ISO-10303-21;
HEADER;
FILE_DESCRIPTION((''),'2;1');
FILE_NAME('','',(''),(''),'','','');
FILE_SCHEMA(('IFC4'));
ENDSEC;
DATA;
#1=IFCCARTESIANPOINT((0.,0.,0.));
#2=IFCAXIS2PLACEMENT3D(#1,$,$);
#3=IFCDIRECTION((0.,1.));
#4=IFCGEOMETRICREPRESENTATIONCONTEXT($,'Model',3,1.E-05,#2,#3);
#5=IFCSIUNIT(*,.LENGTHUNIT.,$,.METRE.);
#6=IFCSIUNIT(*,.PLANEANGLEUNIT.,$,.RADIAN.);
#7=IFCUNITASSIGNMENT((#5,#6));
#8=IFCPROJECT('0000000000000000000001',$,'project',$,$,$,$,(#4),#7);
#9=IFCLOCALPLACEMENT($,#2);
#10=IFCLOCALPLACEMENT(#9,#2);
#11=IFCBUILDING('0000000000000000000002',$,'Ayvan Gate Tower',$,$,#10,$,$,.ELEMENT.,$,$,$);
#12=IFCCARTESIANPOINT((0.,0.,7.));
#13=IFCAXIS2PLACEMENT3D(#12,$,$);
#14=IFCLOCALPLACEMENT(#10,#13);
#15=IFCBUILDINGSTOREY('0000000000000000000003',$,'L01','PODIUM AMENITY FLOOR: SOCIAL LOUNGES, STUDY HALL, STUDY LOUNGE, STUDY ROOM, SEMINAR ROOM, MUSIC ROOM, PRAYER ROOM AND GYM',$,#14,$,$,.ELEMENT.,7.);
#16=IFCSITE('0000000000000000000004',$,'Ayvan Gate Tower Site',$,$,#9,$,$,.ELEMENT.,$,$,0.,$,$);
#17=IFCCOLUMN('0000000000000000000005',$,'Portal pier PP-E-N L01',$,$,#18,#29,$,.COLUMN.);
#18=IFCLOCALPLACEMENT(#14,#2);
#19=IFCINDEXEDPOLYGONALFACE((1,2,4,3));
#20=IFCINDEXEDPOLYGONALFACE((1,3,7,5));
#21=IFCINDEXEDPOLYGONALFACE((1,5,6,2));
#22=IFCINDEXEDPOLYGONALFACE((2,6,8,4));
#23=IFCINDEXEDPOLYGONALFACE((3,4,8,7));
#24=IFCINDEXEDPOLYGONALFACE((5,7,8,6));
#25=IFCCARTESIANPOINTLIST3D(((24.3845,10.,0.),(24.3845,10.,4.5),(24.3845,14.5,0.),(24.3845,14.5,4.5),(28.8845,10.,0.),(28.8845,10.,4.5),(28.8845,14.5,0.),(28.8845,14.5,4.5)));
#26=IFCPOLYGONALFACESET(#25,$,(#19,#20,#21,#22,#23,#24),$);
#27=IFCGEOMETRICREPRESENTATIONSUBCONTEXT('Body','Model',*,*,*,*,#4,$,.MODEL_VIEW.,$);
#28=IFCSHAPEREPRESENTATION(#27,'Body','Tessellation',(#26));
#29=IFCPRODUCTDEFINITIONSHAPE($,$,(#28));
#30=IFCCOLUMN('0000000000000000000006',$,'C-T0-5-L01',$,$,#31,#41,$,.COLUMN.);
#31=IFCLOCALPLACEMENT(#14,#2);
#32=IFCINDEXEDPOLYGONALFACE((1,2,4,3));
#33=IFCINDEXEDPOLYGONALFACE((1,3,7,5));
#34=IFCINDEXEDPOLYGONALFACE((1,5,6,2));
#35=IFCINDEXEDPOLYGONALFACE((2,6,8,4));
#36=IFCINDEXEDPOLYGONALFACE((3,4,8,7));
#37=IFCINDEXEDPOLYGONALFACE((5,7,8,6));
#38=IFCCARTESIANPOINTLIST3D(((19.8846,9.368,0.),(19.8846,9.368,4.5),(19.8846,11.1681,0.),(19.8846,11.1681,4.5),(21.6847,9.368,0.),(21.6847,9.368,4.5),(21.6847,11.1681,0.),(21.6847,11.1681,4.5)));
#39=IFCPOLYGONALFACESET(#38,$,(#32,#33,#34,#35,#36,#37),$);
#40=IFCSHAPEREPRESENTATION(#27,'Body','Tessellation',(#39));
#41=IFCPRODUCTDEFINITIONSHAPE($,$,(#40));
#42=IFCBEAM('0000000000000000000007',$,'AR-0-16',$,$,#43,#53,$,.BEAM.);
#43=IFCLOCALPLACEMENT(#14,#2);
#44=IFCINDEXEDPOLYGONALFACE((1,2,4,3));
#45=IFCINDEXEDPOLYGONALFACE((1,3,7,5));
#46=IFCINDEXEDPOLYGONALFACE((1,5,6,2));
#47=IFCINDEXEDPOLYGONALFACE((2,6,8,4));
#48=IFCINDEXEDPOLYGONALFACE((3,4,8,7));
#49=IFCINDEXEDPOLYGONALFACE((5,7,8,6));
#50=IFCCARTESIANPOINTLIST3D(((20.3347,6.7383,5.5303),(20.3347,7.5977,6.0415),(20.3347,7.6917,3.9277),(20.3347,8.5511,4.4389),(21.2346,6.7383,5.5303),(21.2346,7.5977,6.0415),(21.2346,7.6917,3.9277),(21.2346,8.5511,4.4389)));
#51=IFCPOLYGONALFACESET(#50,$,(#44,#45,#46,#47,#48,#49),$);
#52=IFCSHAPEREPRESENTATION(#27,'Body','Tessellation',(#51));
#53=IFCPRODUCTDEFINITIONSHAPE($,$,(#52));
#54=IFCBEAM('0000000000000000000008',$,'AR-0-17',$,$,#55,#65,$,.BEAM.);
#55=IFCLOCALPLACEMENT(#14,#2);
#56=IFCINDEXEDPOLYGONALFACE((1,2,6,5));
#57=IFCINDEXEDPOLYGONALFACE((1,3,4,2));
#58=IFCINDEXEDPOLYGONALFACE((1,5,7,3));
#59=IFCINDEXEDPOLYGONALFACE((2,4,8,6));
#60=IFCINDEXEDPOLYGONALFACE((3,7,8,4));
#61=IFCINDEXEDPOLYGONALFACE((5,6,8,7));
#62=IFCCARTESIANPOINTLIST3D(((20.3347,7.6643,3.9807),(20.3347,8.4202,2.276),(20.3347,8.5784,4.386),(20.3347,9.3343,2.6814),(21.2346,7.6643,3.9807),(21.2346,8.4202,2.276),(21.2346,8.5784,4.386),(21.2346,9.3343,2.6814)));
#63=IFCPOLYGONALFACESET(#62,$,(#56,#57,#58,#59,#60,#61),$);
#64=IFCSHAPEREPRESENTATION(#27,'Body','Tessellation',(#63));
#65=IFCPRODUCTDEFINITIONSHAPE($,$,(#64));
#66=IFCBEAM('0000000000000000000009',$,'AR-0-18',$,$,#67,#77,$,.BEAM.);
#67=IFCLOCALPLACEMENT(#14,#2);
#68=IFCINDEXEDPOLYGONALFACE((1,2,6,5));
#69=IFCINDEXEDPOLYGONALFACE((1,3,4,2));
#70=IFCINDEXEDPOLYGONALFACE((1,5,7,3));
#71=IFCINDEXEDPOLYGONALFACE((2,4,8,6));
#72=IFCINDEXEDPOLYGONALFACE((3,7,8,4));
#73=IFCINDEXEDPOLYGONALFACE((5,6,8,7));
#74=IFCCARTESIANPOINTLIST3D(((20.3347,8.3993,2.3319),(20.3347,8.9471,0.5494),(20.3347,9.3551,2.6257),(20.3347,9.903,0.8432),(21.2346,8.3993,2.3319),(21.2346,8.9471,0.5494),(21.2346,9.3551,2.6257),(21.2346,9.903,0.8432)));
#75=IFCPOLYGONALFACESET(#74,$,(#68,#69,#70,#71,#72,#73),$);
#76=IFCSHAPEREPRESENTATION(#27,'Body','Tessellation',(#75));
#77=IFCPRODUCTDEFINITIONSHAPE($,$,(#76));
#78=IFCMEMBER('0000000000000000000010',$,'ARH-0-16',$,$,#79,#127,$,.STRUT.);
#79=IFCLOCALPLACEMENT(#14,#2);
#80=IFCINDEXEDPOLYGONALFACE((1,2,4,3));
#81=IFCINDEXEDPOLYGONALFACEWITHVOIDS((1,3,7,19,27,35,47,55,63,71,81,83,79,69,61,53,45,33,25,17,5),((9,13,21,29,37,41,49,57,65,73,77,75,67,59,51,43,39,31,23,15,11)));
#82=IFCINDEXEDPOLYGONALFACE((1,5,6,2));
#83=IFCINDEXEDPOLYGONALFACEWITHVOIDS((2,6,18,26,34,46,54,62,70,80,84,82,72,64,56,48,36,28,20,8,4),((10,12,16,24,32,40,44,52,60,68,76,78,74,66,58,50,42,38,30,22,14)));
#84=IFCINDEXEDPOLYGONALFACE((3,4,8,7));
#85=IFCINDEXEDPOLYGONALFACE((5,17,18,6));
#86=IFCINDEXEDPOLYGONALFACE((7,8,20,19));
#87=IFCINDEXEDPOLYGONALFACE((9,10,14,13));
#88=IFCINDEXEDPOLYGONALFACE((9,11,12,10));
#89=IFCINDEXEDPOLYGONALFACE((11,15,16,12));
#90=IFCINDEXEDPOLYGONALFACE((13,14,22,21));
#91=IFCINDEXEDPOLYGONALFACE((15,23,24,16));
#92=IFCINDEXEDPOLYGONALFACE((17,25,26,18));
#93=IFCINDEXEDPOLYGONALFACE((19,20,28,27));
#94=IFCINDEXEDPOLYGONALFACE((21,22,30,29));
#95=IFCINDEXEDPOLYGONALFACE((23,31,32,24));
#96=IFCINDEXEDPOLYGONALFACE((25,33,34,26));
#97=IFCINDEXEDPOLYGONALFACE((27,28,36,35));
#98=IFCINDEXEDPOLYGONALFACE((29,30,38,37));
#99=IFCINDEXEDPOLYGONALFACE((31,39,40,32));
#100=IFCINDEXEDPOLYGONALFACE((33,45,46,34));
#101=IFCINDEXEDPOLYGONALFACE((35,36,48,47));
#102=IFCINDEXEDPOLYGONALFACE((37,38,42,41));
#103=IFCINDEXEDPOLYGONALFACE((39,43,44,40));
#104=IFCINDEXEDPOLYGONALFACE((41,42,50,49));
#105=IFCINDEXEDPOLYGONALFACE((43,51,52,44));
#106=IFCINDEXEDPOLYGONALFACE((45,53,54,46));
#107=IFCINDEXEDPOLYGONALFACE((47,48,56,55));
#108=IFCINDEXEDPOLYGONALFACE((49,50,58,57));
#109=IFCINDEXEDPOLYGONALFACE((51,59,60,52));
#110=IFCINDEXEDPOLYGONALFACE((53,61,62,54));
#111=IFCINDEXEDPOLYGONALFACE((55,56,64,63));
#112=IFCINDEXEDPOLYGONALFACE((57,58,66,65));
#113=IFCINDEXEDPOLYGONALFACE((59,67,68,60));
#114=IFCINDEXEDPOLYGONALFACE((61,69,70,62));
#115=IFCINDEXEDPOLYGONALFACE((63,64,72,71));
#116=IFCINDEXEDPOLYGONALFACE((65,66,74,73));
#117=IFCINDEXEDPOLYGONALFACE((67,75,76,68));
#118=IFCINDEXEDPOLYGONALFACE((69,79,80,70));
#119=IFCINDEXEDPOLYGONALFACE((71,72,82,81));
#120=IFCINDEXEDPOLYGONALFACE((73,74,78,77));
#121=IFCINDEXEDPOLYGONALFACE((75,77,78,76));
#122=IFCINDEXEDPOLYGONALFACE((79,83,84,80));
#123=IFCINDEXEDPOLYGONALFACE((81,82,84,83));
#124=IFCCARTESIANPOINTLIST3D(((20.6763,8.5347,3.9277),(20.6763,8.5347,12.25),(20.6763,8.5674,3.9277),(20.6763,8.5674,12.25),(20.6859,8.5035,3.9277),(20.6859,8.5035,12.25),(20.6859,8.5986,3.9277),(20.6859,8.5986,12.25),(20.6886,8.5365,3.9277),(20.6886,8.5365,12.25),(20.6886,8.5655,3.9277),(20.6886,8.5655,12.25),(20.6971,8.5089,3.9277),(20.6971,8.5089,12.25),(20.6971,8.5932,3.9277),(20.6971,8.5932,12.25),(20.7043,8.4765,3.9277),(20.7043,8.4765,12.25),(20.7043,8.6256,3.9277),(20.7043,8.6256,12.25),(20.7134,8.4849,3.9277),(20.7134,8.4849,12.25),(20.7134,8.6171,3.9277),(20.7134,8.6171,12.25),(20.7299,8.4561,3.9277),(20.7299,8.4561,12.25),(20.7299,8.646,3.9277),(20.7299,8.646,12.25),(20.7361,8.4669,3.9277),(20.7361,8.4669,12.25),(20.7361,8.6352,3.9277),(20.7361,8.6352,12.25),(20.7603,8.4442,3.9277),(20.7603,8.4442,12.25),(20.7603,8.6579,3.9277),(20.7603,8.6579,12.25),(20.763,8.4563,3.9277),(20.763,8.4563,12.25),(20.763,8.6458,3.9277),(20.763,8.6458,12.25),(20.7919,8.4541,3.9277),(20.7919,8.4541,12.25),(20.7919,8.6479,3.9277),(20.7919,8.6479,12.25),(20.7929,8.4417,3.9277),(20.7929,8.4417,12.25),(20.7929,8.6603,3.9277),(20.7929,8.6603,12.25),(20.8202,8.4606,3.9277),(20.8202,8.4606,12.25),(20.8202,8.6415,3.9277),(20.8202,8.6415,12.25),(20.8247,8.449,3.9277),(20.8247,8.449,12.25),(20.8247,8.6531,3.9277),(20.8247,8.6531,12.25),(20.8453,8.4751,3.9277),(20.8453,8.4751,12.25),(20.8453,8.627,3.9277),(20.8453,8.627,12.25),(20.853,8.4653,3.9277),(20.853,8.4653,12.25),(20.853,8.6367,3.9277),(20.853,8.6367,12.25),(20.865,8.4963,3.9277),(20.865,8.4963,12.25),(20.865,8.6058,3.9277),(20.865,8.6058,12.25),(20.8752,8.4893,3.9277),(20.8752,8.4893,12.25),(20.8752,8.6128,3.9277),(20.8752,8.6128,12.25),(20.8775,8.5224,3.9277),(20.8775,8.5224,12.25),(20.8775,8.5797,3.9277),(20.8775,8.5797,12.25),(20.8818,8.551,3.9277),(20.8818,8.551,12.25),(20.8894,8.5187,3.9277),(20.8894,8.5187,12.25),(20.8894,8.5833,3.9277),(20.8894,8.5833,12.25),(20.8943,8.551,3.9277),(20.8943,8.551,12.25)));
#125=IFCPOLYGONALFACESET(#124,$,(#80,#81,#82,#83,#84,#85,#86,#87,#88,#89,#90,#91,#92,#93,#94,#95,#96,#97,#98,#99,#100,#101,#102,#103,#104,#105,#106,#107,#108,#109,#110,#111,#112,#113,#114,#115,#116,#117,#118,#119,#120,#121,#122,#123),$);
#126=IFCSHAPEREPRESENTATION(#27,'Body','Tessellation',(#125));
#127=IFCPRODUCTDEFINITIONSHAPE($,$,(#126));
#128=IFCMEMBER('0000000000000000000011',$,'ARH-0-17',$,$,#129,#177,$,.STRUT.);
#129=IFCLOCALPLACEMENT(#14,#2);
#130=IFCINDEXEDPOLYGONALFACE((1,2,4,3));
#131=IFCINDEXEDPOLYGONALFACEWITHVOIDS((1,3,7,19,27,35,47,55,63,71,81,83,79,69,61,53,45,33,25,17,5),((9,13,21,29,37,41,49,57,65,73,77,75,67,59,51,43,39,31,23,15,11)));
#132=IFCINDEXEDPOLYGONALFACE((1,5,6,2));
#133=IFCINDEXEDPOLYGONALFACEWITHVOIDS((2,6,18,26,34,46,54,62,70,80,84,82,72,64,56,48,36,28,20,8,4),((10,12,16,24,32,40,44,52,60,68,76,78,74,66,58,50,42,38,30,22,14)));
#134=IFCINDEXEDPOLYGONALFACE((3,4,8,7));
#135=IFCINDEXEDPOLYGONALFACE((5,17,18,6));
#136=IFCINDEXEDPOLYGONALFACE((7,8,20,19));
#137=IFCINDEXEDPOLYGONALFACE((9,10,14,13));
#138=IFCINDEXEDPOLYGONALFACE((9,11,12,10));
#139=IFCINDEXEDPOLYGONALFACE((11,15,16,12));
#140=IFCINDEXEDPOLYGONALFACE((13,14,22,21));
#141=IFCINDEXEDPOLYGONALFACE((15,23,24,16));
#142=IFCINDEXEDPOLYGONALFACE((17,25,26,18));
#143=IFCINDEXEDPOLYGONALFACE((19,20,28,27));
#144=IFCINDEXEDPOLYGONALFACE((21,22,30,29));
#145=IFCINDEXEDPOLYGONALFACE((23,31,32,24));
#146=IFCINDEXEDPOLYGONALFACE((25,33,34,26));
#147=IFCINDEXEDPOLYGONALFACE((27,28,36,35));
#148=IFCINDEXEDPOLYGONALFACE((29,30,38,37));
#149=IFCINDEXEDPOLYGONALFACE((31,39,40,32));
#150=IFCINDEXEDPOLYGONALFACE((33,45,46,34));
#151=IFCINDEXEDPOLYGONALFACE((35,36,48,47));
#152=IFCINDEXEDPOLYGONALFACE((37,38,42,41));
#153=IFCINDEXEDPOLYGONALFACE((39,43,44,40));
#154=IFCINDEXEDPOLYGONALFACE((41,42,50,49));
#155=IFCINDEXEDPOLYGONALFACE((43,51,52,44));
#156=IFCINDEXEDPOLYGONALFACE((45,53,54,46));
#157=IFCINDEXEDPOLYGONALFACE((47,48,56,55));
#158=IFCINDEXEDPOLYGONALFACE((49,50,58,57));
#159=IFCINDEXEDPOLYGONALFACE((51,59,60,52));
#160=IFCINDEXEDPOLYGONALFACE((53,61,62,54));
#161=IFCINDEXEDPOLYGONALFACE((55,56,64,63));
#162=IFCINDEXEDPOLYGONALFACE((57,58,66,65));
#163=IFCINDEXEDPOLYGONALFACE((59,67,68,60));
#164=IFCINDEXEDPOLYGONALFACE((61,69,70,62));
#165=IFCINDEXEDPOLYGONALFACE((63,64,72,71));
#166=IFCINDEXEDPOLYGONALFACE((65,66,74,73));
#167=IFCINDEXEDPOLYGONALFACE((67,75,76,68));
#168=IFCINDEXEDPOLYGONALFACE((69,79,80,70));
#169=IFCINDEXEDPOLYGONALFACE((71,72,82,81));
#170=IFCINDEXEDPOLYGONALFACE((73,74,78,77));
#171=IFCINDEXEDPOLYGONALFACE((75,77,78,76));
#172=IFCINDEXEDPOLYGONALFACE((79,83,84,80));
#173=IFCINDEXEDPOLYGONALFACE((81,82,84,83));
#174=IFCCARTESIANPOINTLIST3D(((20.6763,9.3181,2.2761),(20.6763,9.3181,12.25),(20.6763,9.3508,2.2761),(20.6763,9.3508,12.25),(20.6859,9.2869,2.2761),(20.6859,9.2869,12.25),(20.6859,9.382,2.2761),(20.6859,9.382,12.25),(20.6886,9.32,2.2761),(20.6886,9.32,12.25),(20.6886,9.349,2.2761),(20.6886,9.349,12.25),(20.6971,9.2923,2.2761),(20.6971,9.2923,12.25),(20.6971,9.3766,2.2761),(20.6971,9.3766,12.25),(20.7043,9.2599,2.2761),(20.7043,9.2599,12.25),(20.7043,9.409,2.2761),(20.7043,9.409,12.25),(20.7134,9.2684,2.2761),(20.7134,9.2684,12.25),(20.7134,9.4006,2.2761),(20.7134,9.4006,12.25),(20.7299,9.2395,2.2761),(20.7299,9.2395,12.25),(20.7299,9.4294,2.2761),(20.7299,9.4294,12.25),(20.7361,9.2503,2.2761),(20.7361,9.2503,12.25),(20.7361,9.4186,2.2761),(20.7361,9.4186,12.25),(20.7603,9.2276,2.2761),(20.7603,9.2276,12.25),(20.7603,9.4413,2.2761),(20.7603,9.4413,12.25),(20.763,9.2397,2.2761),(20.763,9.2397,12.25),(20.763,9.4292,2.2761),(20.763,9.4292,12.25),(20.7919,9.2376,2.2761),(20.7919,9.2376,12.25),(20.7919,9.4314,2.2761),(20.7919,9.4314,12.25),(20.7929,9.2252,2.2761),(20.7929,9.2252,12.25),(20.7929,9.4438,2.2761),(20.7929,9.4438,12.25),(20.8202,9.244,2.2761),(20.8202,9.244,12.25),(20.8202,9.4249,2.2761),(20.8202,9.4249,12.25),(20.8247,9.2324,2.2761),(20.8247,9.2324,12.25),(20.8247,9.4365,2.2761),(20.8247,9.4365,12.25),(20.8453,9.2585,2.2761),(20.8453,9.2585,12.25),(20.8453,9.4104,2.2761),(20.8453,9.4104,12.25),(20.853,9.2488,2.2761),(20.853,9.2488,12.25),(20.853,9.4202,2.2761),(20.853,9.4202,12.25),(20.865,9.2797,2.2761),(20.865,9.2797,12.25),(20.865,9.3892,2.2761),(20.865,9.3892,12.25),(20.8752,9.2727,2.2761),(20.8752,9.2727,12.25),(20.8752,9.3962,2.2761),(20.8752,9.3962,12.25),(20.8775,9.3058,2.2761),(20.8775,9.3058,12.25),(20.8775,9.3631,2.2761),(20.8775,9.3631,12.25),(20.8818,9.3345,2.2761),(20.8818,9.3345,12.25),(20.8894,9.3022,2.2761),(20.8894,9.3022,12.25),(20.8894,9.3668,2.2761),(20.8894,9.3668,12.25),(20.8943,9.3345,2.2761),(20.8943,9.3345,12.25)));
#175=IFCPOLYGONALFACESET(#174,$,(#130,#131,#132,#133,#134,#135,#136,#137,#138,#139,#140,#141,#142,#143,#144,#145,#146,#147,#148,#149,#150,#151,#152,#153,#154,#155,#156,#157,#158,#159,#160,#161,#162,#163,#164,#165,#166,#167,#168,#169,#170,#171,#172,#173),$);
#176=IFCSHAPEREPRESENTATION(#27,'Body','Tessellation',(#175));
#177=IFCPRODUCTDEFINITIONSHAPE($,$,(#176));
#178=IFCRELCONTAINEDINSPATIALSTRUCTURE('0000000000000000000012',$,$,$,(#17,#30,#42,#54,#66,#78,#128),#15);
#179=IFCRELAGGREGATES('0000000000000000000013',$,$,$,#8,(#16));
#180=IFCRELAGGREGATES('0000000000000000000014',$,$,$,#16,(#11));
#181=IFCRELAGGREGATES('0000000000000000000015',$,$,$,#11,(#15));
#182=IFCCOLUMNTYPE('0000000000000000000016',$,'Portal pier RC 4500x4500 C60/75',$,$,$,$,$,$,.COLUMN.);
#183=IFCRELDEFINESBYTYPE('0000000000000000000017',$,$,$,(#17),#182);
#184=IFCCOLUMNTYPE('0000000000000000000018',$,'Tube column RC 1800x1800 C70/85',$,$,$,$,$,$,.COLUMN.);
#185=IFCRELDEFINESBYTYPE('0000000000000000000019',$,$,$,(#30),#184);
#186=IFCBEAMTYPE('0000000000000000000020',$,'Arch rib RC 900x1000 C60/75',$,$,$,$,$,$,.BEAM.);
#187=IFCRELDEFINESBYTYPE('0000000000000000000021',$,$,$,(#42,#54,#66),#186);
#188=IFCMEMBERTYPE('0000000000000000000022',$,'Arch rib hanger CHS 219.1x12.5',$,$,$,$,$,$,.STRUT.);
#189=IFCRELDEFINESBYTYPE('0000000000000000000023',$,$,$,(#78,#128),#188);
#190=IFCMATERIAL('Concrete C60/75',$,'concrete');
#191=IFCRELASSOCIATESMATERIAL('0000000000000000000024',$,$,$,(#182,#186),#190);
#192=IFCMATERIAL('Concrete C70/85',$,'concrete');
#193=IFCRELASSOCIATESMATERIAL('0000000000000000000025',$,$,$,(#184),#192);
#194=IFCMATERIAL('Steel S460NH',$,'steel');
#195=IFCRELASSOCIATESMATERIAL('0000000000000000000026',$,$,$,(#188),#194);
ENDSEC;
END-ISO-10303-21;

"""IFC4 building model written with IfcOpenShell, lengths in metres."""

from ifc_helpers import new_model, si_unit, direction, frame, origin, origin_2d, place, context, subcontext, project, spatial, rectangle, hollow_circle, extrude, material, material_profile, profile_set, type_object, element, save


model = new_model("IFC4")

# Units and contexts
model_context = context("Model", 3, precision=1e-05, world=origin(), true_north=direction((0.0, 1.0)))
body_context = subcontext(model_context, "Body", "Model", "MODEL_VIEW")
ifc_project = project(units=[si_unit("LENGTHUNIT", "METRE"), si_unit("PLANEANGLEUNIT", "RADIAN")], contexts=[model_context])

# Site, building, storey
site_placement = place(None, origin())
site = spatial("IfcSite", under=ifc_project, at=site_placement, Name="Ayvan Gate Tower Site", CompositionType="ELEMENT", RefElevation=0.0)
building_placement = place(site_placement, origin())
building = spatial("IfcBuilding", under=site, at=building_placement, Name="Ayvan Gate Tower", CompositionType="ELEMENT")
storey_placement = place(building_placement, frame((0.0, 0.0, 7.0)))
storey = spatial("IfcBuildingStorey", under=building, at=storey_placement, Name="L01", Description="PODIUM AMENITY FLOOR: SOCIAL LOUNGES, STUDY HALL, STUDY LOUNGE, STUDY ROOM, SEMINAR ROOM, MUSIC ROOM, PRAYER ROOM AND GYM", CompositionType="ELEMENT", Elevation=7.0)

# Columns
ifc_material_1 = material(Name="Concrete C60/75", Category="concrete")
ifc_material_profile_1 = material_profile(ifc_material_1, rectangle(XDim=4.5, YDim=4.5, at=origin_2d()), Name="RC 4500x4500")
ifc_profile_set_1 = profile_set([ifc_material_profile_1], Name="Concrete C60/75")
column_type_1 = type_object("IfcColumnType", Name="Portal pier RC 4500x4500 C60/75", PredefinedType="COLUMN", material=ifc_profile_set_1)
column_1_placement = place(storey_placement, frame((26.6345, 12.25, 0.0), z_axis=(0.0, 0.0, 1.0), x_axis=(1.0, 0.0, 0.0)))
element("IfcColumn", 1, at=column_1_placement, inside=storey, type_object=column_type_1, Name="Portal pier PP-E-N L01", PredefinedType="COLUMN", context=body_context, shape_type="SweptSolid", body=[
    extrude(rectangle(XDim=4.5, YDim=4.5, at=origin_2d()), origin(), (0.0, 0.0, 1.0), 4.5),
])
ifc_material_2 = material(Name="Concrete C70/85", Category="concrete")
ifc_material_profile_2 = material_profile(ifc_material_2, rectangle(XDim=1.8, YDim=1.8, at=origin_2d()), Name="RC 1800x1800")
ifc_profile_set_2 = profile_set([ifc_material_profile_2], Name="Concrete C70/85")
column_type_2 = type_object("IfcColumnType", Name="Tube column RC 1800x1800 C70/85", PredefinedType="COLUMN", material=ifc_profile_set_2)
column_2_placement = place(storey_placement, frame((20.7847, 10.2681, 0.0), z_axis=(0.0, 0.0, 1.0), x_axis=(1.0, 0.0, 0.0)))
element("IfcColumn", 2, at=column_2_placement, inside=storey, type_object=column_type_2, Name="C-T0-5-L01", PredefinedType="COLUMN", context=body_context, shape_type="SweptSolid", body=[
    extrude(rectangle(XDim=1.8, YDim=1.8, at=origin_2d()), origin(), (0.0, 0.0, 1.0), 4.5),
])

# Beams
ifc_material_profile_3 = material_profile(ifc_material_1, rectangle(XDim=0.8999, YDim=1.0, at=origin_2d()), Name="RC 900x1000")
ifc_profile_set_3 = profile_set([ifc_material_profile_3], Name="Concrete C60/75")
beam_type_1 = type_object("IfcBeamType", Name="Arch rib RC 900x1000 C60/75", PredefinedType="BEAM", material=ifc_profile_set_3)
for number, where, z_axis, x_axis, name in (
    (3, (20.7847, 7.168, 5.7859), (0.0, 0.511277, -0.859416), (-1.0, 0.0, 0.0), "AR-0-16"),
    (4, (20.7847, 8.1213, 4.1833), (0.0, 0.405361, -0.914157), (-1.0, 0.0, 0.0), "AR-0-17"),
    (5, (20.7847, 8.8772, 2.4788), (0.0, 0.293791, -0.95587), (-1.0, 0.0, 0.0), "AR-0-18"),
):
    element("IfcBeam", number, at=place(storey_placement, frame(where, z_axis=z_axis, x_axis=x_axis)), inside=storey, type_object=beam_type_1, Name=name, PredefinedType="BEAM", context=body_context, shape_type="SweptSolid", body=[
        extrude(rectangle(XDim=0.8999, YDim=1.0, at=origin_2d()), origin(), (0.0, 0.0, 1.0), 1.8647),
    ])

# Members
ifc_material_3 = material(Name="Steel S460NH", Category="steel")
ifc_material_profile_4 = material_profile(ifc_material_3, hollow_circle(Radius=0.1096, WallThickness=0.0125, at=origin_2d()), Name="CHS 219.1x12.5")
ifc_profile_set_4 = profile_set([ifc_material_profile_4], Name="Steel S460NH")
member_type_1 = type_object("IfcMemberType", Name="Arch rib hanger CHS 219.1x12.5", PredefinedType="STRUT", material=ifc_profile_set_4)
member_1_placement = place(storey_placement, frame((20.7847, 8.551, 3.9277), z_axis=(0.0, 0.0, 1.0), x_axis=(1.0, 0.0, 0.0)))
element("IfcMember", 6, at=member_1_placement, inside=storey, type_object=member_type_1, Name="ARH-0-16", PredefinedType="STRUT", context=body_context, shape_type="SweptSolid", body=[
    extrude(hollow_circle(Radius=0.1096, WallThickness=0.0125, at=origin_2d()), origin(), (0.0, 0.0, 1.0), 8.3223),
])
member_2_placement = place(storey_placement, frame((20.7847, 9.3345, 2.2761), z_axis=(0.0, 0.0, 1.0), x_axis=(1.0, 0.0, 0.0)))
element("IfcMember", 7, at=member_2_placement, inside=storey, type_object=member_type_1, Name="ARH-0-17", PredefinedType="STRUT", context=body_context, shape_type="SweptSolid", body=[
    extrude(hollow_circle(Radius=0.1096, WallThickness=0.0125, at=origin_2d()), origin(), (0.0, 0.0, 1.0), 9.9739),
])

save(model, "model.ifc")
